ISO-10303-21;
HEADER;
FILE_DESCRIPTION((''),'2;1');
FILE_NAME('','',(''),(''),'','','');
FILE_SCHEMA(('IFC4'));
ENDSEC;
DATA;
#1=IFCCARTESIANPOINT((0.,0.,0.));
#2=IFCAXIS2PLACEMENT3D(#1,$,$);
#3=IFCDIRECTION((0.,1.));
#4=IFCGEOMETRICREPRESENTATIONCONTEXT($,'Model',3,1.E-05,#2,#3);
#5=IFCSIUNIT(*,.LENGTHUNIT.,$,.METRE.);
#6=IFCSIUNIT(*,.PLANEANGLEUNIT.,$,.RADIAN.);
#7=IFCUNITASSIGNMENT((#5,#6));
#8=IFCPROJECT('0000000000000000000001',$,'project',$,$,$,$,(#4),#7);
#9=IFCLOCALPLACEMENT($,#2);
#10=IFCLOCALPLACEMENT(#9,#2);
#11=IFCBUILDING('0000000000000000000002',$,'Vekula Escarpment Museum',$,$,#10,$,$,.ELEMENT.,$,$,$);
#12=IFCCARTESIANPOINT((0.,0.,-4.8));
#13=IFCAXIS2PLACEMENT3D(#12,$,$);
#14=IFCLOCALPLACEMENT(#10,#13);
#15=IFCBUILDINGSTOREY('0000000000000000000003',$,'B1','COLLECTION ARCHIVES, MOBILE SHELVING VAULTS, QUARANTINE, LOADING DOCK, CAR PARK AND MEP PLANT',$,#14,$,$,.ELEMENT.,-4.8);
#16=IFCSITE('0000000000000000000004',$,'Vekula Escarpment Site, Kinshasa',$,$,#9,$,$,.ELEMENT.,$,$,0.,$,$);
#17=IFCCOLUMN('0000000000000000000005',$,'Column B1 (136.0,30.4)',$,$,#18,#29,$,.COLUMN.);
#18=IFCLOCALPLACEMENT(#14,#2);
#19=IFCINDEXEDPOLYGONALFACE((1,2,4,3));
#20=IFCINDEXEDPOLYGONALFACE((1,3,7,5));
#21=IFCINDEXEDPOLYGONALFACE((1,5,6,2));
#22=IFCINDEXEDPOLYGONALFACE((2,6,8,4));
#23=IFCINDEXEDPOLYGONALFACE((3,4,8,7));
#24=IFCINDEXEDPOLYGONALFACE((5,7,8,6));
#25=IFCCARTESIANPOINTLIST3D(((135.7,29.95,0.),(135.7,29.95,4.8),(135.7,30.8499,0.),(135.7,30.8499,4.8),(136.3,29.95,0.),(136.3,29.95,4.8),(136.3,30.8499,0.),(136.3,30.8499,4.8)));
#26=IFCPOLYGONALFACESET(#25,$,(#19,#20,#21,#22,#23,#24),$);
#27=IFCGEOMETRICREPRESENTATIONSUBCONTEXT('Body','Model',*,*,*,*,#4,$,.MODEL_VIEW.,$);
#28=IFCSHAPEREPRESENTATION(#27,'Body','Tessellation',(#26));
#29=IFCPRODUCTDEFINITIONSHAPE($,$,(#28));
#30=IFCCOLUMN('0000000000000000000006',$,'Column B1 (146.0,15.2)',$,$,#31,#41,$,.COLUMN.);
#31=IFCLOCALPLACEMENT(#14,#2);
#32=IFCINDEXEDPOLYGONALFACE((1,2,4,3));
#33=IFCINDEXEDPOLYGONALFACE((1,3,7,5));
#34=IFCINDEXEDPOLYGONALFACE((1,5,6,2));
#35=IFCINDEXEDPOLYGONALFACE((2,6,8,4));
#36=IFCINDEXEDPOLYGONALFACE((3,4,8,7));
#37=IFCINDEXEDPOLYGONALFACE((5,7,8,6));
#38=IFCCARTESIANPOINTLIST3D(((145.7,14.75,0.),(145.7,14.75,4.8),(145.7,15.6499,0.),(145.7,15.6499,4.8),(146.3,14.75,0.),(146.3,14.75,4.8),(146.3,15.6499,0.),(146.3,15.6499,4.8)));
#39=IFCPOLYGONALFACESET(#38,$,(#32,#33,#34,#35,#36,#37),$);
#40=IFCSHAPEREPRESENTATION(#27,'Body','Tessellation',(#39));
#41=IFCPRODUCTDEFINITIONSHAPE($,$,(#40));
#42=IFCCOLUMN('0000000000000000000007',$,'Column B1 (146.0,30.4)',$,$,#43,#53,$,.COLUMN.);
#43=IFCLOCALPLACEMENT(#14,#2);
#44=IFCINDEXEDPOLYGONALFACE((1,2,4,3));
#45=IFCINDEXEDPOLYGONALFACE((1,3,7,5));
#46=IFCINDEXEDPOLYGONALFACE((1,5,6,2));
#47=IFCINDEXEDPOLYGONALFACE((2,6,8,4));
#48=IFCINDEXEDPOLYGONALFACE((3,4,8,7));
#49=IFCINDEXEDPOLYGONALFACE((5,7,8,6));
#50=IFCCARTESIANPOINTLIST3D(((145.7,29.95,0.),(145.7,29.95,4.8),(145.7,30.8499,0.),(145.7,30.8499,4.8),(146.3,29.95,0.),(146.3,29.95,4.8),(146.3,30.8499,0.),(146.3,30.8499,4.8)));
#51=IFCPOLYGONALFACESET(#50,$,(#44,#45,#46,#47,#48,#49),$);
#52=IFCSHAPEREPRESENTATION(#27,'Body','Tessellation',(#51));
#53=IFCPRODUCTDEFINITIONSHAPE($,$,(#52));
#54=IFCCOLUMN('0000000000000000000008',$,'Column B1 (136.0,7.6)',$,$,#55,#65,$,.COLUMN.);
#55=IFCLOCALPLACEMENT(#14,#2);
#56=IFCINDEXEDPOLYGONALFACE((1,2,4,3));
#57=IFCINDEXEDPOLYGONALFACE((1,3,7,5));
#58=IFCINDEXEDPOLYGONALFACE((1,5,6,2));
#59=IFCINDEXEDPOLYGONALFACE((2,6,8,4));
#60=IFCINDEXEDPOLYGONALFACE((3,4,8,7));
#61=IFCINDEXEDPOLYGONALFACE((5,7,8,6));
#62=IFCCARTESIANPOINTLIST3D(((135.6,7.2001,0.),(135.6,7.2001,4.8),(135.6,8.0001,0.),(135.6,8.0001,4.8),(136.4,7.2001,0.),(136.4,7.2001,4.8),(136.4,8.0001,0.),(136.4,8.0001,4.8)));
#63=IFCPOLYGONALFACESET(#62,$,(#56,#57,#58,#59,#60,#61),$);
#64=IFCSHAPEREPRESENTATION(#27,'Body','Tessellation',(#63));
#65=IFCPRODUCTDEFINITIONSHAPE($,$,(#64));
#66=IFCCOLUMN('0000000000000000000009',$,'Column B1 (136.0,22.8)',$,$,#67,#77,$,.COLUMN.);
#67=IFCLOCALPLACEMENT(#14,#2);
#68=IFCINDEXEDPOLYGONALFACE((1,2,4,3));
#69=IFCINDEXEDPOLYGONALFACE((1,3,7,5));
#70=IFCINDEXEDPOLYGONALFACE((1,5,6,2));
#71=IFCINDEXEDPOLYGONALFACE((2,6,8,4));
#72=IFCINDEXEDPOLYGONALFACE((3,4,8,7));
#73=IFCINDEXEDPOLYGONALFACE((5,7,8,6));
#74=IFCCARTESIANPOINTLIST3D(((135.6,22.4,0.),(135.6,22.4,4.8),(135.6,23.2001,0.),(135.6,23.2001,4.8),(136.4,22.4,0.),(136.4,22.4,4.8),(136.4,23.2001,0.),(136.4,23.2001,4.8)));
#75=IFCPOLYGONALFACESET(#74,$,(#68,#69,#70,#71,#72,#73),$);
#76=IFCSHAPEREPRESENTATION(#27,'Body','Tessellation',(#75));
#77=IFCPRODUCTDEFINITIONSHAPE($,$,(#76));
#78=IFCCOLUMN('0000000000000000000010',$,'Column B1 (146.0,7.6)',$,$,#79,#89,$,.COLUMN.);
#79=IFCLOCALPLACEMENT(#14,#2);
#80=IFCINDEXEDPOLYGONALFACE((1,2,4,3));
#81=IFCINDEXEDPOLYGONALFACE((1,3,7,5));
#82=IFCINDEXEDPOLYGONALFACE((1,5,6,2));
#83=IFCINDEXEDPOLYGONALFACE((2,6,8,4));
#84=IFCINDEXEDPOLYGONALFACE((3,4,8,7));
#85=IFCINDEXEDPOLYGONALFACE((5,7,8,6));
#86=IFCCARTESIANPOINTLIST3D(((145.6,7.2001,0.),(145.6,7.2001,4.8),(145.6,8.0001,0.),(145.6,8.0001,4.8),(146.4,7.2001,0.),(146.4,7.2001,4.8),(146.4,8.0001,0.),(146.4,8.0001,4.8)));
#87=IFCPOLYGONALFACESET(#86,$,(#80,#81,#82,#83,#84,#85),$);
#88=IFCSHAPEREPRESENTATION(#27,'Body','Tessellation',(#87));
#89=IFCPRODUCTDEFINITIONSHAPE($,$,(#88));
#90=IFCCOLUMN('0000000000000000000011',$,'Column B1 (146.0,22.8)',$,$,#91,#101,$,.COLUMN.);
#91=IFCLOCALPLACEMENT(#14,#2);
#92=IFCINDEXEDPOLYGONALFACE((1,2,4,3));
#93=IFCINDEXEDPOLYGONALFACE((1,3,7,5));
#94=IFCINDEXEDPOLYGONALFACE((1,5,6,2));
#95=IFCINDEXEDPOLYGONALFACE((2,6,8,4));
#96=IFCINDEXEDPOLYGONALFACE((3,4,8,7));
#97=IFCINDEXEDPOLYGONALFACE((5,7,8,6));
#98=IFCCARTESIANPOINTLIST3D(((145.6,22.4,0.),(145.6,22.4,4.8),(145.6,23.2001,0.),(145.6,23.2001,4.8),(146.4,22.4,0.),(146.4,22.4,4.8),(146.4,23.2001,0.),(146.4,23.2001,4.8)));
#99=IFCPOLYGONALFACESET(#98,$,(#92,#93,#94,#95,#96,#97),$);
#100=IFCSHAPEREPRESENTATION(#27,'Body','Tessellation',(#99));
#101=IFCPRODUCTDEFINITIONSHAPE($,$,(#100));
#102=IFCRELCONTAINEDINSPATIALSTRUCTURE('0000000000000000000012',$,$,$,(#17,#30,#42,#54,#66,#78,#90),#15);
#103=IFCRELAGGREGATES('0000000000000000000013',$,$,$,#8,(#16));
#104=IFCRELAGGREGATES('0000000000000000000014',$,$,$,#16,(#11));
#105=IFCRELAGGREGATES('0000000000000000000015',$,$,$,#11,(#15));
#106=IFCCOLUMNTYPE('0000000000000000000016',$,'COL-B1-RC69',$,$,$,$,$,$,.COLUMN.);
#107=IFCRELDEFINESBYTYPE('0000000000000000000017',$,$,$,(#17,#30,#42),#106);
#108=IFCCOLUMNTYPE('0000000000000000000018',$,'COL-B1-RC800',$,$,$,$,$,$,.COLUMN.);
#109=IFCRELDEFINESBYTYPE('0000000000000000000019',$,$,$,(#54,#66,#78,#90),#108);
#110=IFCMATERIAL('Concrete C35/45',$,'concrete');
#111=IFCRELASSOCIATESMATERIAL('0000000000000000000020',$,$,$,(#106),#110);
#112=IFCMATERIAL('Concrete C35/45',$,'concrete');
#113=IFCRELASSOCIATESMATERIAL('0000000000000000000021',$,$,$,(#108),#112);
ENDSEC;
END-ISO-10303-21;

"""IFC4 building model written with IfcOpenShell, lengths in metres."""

from ifc_helpers import new_model, si_unit, direction, frame, origin, origin_2d, place, context, subcontext, project, spatial, rectangle, extrude, material, material_profile, profile_set, type_object, element, save


model = new_model("IFC4")

# Units and contexts
model_context = context("Model", 3, precision=1e-05, world=origin(), true_north=direction((0.0, 1.0)))
body_context = subcontext(model_context, "Body", "Model", "MODEL_VIEW")
ifc_project = project(units=[si_unit("LENGTHUNIT", "METRE"), si_unit("PLANEANGLEUNIT", "RADIAN")], contexts=[model_context])

# Site, building, storey
site_placement = place(None, origin())
site = spatial("IfcSite", under=ifc_project, at=site_placement, Name="Vekula Escarpment Site, Kinshasa", CompositionType="ELEMENT", RefElevation=0.0)
building_placement = place(site_placement, origin())
building = spatial("IfcBuilding", under=site, at=building_placement, Name="Vekula Escarpment Museum", CompositionType="ELEMENT")
storey_placement = place(building_placement, frame((0.0, 0.0, -4.8)))
storey = spatial("IfcBuildingStorey", under=building, at=storey_placement, Name="B1", Description="COLLECTION ARCHIVES, MOBILE SHELVING VAULTS, QUARANTINE, LOADING DOCK, CAR PARK AND MEP PLANT", CompositionType="ELEMENT", Elevation=-4.8)

# Columns
ifc_material_1 = material(Name="Concrete C35/45", Category="concrete")
ifc_material_profile_1 = material_profile(ifc_material_1, rectangle(XDim=0.6001, YDim=0.8999, at=origin_2d()), Name="RC 600x900")
ifc_profile_set_1 = profile_set([ifc_material_profile_1], Name="Concrete C35/45")
column_type_1 = type_object("IfcColumnType", Name="COL-B1-RC69", PredefinedType="COLUMN", material=ifc_profile_set_1)
for number, where, z_axis, x_axis, name in (
    (1, (136.0, 30.3999, 0.0), (0.0, 0.0, 1.0), (1.0, 0.0, 0.0), "Column B1 (136.0,30.4)"),
    (2, (146.0, 15.2, 0.0), (0.0, 0.0, 1.0), (1.0, 0.0, 0.0), "Column B1 (146.0,15.2)"),
    (3, (146.0, 30.3999, 0.0), (0.0, 0.0, 1.0), (1.0, 0.0, 0.0), "Column B1 (146.0,30.4)"),
):
    element("IfcColumn", number, at=place(storey_placement, frame(where, z_axis=z_axis, x_axis=x_axis)), inside=storey, type_object=column_type_1, Name=name, PredefinedType="COLUMN", context=body_context, shape_type="SweptSolid", body=[
        extrude(rectangle(XDim=0.6001, YDim=0.8999, at=origin_2d()), origin(), (0.0, 0.0, 1.0), 4.8),
    ])
ifc_material_2 = material(Name="Concrete C35/45", Category="concrete")
ifc_material_profile_2 = material_profile(ifc_material_2, rectangle(XDim=0.8, YDim=0.8, at=origin_2d()), Name="RC 800x800")
ifc_profile_set_2 = profile_set([ifc_material_profile_2], Name="Concrete C35/45")
column_type_2 = type_object("IfcColumnType", Name="COL-B1-RC800", PredefinedType="COLUMN", material=ifc_profile_set_2)
for number, where, z_axis, x_axis, name in (
    (4, (136.0, 7.6001, 0.0), (0.0, 0.0, 1.0), (1.0, 0.0, 0.0), "Column B1 (136.0,7.6)"),
    (5, (136.0, 22.8, 0.0), (0.0, 0.0, 1.0), (1.0, 0.0, 0.0), "Column B1 (136.0,22.8)"),
    (6, (146.0, 7.6001, 0.0), (0.0, 0.0, 1.0), (1.0, 0.0, 0.0), "Column B1 (146.0,7.6)"),
    (7, (146.0, 22.8, 0.0), (0.0, 0.0, 1.0), (1.0, 0.0, 0.0), "Column B1 (146.0,22.8)"),
):
    element("IfcColumn", number, at=place(storey_placement, frame(where, z_axis=z_axis, x_axis=x_axis)), inside=storey, type_object=column_type_2, Name=name, PredefinedType="COLUMN", context=body_context, shape_type="SweptSolid", body=[
        extrude(rectangle(XDim=0.8, YDim=0.8, at=origin_2d()), origin(), (0.0, 0.0, 1.0), 4.8),
    ])

save(model, "model.ifc")
